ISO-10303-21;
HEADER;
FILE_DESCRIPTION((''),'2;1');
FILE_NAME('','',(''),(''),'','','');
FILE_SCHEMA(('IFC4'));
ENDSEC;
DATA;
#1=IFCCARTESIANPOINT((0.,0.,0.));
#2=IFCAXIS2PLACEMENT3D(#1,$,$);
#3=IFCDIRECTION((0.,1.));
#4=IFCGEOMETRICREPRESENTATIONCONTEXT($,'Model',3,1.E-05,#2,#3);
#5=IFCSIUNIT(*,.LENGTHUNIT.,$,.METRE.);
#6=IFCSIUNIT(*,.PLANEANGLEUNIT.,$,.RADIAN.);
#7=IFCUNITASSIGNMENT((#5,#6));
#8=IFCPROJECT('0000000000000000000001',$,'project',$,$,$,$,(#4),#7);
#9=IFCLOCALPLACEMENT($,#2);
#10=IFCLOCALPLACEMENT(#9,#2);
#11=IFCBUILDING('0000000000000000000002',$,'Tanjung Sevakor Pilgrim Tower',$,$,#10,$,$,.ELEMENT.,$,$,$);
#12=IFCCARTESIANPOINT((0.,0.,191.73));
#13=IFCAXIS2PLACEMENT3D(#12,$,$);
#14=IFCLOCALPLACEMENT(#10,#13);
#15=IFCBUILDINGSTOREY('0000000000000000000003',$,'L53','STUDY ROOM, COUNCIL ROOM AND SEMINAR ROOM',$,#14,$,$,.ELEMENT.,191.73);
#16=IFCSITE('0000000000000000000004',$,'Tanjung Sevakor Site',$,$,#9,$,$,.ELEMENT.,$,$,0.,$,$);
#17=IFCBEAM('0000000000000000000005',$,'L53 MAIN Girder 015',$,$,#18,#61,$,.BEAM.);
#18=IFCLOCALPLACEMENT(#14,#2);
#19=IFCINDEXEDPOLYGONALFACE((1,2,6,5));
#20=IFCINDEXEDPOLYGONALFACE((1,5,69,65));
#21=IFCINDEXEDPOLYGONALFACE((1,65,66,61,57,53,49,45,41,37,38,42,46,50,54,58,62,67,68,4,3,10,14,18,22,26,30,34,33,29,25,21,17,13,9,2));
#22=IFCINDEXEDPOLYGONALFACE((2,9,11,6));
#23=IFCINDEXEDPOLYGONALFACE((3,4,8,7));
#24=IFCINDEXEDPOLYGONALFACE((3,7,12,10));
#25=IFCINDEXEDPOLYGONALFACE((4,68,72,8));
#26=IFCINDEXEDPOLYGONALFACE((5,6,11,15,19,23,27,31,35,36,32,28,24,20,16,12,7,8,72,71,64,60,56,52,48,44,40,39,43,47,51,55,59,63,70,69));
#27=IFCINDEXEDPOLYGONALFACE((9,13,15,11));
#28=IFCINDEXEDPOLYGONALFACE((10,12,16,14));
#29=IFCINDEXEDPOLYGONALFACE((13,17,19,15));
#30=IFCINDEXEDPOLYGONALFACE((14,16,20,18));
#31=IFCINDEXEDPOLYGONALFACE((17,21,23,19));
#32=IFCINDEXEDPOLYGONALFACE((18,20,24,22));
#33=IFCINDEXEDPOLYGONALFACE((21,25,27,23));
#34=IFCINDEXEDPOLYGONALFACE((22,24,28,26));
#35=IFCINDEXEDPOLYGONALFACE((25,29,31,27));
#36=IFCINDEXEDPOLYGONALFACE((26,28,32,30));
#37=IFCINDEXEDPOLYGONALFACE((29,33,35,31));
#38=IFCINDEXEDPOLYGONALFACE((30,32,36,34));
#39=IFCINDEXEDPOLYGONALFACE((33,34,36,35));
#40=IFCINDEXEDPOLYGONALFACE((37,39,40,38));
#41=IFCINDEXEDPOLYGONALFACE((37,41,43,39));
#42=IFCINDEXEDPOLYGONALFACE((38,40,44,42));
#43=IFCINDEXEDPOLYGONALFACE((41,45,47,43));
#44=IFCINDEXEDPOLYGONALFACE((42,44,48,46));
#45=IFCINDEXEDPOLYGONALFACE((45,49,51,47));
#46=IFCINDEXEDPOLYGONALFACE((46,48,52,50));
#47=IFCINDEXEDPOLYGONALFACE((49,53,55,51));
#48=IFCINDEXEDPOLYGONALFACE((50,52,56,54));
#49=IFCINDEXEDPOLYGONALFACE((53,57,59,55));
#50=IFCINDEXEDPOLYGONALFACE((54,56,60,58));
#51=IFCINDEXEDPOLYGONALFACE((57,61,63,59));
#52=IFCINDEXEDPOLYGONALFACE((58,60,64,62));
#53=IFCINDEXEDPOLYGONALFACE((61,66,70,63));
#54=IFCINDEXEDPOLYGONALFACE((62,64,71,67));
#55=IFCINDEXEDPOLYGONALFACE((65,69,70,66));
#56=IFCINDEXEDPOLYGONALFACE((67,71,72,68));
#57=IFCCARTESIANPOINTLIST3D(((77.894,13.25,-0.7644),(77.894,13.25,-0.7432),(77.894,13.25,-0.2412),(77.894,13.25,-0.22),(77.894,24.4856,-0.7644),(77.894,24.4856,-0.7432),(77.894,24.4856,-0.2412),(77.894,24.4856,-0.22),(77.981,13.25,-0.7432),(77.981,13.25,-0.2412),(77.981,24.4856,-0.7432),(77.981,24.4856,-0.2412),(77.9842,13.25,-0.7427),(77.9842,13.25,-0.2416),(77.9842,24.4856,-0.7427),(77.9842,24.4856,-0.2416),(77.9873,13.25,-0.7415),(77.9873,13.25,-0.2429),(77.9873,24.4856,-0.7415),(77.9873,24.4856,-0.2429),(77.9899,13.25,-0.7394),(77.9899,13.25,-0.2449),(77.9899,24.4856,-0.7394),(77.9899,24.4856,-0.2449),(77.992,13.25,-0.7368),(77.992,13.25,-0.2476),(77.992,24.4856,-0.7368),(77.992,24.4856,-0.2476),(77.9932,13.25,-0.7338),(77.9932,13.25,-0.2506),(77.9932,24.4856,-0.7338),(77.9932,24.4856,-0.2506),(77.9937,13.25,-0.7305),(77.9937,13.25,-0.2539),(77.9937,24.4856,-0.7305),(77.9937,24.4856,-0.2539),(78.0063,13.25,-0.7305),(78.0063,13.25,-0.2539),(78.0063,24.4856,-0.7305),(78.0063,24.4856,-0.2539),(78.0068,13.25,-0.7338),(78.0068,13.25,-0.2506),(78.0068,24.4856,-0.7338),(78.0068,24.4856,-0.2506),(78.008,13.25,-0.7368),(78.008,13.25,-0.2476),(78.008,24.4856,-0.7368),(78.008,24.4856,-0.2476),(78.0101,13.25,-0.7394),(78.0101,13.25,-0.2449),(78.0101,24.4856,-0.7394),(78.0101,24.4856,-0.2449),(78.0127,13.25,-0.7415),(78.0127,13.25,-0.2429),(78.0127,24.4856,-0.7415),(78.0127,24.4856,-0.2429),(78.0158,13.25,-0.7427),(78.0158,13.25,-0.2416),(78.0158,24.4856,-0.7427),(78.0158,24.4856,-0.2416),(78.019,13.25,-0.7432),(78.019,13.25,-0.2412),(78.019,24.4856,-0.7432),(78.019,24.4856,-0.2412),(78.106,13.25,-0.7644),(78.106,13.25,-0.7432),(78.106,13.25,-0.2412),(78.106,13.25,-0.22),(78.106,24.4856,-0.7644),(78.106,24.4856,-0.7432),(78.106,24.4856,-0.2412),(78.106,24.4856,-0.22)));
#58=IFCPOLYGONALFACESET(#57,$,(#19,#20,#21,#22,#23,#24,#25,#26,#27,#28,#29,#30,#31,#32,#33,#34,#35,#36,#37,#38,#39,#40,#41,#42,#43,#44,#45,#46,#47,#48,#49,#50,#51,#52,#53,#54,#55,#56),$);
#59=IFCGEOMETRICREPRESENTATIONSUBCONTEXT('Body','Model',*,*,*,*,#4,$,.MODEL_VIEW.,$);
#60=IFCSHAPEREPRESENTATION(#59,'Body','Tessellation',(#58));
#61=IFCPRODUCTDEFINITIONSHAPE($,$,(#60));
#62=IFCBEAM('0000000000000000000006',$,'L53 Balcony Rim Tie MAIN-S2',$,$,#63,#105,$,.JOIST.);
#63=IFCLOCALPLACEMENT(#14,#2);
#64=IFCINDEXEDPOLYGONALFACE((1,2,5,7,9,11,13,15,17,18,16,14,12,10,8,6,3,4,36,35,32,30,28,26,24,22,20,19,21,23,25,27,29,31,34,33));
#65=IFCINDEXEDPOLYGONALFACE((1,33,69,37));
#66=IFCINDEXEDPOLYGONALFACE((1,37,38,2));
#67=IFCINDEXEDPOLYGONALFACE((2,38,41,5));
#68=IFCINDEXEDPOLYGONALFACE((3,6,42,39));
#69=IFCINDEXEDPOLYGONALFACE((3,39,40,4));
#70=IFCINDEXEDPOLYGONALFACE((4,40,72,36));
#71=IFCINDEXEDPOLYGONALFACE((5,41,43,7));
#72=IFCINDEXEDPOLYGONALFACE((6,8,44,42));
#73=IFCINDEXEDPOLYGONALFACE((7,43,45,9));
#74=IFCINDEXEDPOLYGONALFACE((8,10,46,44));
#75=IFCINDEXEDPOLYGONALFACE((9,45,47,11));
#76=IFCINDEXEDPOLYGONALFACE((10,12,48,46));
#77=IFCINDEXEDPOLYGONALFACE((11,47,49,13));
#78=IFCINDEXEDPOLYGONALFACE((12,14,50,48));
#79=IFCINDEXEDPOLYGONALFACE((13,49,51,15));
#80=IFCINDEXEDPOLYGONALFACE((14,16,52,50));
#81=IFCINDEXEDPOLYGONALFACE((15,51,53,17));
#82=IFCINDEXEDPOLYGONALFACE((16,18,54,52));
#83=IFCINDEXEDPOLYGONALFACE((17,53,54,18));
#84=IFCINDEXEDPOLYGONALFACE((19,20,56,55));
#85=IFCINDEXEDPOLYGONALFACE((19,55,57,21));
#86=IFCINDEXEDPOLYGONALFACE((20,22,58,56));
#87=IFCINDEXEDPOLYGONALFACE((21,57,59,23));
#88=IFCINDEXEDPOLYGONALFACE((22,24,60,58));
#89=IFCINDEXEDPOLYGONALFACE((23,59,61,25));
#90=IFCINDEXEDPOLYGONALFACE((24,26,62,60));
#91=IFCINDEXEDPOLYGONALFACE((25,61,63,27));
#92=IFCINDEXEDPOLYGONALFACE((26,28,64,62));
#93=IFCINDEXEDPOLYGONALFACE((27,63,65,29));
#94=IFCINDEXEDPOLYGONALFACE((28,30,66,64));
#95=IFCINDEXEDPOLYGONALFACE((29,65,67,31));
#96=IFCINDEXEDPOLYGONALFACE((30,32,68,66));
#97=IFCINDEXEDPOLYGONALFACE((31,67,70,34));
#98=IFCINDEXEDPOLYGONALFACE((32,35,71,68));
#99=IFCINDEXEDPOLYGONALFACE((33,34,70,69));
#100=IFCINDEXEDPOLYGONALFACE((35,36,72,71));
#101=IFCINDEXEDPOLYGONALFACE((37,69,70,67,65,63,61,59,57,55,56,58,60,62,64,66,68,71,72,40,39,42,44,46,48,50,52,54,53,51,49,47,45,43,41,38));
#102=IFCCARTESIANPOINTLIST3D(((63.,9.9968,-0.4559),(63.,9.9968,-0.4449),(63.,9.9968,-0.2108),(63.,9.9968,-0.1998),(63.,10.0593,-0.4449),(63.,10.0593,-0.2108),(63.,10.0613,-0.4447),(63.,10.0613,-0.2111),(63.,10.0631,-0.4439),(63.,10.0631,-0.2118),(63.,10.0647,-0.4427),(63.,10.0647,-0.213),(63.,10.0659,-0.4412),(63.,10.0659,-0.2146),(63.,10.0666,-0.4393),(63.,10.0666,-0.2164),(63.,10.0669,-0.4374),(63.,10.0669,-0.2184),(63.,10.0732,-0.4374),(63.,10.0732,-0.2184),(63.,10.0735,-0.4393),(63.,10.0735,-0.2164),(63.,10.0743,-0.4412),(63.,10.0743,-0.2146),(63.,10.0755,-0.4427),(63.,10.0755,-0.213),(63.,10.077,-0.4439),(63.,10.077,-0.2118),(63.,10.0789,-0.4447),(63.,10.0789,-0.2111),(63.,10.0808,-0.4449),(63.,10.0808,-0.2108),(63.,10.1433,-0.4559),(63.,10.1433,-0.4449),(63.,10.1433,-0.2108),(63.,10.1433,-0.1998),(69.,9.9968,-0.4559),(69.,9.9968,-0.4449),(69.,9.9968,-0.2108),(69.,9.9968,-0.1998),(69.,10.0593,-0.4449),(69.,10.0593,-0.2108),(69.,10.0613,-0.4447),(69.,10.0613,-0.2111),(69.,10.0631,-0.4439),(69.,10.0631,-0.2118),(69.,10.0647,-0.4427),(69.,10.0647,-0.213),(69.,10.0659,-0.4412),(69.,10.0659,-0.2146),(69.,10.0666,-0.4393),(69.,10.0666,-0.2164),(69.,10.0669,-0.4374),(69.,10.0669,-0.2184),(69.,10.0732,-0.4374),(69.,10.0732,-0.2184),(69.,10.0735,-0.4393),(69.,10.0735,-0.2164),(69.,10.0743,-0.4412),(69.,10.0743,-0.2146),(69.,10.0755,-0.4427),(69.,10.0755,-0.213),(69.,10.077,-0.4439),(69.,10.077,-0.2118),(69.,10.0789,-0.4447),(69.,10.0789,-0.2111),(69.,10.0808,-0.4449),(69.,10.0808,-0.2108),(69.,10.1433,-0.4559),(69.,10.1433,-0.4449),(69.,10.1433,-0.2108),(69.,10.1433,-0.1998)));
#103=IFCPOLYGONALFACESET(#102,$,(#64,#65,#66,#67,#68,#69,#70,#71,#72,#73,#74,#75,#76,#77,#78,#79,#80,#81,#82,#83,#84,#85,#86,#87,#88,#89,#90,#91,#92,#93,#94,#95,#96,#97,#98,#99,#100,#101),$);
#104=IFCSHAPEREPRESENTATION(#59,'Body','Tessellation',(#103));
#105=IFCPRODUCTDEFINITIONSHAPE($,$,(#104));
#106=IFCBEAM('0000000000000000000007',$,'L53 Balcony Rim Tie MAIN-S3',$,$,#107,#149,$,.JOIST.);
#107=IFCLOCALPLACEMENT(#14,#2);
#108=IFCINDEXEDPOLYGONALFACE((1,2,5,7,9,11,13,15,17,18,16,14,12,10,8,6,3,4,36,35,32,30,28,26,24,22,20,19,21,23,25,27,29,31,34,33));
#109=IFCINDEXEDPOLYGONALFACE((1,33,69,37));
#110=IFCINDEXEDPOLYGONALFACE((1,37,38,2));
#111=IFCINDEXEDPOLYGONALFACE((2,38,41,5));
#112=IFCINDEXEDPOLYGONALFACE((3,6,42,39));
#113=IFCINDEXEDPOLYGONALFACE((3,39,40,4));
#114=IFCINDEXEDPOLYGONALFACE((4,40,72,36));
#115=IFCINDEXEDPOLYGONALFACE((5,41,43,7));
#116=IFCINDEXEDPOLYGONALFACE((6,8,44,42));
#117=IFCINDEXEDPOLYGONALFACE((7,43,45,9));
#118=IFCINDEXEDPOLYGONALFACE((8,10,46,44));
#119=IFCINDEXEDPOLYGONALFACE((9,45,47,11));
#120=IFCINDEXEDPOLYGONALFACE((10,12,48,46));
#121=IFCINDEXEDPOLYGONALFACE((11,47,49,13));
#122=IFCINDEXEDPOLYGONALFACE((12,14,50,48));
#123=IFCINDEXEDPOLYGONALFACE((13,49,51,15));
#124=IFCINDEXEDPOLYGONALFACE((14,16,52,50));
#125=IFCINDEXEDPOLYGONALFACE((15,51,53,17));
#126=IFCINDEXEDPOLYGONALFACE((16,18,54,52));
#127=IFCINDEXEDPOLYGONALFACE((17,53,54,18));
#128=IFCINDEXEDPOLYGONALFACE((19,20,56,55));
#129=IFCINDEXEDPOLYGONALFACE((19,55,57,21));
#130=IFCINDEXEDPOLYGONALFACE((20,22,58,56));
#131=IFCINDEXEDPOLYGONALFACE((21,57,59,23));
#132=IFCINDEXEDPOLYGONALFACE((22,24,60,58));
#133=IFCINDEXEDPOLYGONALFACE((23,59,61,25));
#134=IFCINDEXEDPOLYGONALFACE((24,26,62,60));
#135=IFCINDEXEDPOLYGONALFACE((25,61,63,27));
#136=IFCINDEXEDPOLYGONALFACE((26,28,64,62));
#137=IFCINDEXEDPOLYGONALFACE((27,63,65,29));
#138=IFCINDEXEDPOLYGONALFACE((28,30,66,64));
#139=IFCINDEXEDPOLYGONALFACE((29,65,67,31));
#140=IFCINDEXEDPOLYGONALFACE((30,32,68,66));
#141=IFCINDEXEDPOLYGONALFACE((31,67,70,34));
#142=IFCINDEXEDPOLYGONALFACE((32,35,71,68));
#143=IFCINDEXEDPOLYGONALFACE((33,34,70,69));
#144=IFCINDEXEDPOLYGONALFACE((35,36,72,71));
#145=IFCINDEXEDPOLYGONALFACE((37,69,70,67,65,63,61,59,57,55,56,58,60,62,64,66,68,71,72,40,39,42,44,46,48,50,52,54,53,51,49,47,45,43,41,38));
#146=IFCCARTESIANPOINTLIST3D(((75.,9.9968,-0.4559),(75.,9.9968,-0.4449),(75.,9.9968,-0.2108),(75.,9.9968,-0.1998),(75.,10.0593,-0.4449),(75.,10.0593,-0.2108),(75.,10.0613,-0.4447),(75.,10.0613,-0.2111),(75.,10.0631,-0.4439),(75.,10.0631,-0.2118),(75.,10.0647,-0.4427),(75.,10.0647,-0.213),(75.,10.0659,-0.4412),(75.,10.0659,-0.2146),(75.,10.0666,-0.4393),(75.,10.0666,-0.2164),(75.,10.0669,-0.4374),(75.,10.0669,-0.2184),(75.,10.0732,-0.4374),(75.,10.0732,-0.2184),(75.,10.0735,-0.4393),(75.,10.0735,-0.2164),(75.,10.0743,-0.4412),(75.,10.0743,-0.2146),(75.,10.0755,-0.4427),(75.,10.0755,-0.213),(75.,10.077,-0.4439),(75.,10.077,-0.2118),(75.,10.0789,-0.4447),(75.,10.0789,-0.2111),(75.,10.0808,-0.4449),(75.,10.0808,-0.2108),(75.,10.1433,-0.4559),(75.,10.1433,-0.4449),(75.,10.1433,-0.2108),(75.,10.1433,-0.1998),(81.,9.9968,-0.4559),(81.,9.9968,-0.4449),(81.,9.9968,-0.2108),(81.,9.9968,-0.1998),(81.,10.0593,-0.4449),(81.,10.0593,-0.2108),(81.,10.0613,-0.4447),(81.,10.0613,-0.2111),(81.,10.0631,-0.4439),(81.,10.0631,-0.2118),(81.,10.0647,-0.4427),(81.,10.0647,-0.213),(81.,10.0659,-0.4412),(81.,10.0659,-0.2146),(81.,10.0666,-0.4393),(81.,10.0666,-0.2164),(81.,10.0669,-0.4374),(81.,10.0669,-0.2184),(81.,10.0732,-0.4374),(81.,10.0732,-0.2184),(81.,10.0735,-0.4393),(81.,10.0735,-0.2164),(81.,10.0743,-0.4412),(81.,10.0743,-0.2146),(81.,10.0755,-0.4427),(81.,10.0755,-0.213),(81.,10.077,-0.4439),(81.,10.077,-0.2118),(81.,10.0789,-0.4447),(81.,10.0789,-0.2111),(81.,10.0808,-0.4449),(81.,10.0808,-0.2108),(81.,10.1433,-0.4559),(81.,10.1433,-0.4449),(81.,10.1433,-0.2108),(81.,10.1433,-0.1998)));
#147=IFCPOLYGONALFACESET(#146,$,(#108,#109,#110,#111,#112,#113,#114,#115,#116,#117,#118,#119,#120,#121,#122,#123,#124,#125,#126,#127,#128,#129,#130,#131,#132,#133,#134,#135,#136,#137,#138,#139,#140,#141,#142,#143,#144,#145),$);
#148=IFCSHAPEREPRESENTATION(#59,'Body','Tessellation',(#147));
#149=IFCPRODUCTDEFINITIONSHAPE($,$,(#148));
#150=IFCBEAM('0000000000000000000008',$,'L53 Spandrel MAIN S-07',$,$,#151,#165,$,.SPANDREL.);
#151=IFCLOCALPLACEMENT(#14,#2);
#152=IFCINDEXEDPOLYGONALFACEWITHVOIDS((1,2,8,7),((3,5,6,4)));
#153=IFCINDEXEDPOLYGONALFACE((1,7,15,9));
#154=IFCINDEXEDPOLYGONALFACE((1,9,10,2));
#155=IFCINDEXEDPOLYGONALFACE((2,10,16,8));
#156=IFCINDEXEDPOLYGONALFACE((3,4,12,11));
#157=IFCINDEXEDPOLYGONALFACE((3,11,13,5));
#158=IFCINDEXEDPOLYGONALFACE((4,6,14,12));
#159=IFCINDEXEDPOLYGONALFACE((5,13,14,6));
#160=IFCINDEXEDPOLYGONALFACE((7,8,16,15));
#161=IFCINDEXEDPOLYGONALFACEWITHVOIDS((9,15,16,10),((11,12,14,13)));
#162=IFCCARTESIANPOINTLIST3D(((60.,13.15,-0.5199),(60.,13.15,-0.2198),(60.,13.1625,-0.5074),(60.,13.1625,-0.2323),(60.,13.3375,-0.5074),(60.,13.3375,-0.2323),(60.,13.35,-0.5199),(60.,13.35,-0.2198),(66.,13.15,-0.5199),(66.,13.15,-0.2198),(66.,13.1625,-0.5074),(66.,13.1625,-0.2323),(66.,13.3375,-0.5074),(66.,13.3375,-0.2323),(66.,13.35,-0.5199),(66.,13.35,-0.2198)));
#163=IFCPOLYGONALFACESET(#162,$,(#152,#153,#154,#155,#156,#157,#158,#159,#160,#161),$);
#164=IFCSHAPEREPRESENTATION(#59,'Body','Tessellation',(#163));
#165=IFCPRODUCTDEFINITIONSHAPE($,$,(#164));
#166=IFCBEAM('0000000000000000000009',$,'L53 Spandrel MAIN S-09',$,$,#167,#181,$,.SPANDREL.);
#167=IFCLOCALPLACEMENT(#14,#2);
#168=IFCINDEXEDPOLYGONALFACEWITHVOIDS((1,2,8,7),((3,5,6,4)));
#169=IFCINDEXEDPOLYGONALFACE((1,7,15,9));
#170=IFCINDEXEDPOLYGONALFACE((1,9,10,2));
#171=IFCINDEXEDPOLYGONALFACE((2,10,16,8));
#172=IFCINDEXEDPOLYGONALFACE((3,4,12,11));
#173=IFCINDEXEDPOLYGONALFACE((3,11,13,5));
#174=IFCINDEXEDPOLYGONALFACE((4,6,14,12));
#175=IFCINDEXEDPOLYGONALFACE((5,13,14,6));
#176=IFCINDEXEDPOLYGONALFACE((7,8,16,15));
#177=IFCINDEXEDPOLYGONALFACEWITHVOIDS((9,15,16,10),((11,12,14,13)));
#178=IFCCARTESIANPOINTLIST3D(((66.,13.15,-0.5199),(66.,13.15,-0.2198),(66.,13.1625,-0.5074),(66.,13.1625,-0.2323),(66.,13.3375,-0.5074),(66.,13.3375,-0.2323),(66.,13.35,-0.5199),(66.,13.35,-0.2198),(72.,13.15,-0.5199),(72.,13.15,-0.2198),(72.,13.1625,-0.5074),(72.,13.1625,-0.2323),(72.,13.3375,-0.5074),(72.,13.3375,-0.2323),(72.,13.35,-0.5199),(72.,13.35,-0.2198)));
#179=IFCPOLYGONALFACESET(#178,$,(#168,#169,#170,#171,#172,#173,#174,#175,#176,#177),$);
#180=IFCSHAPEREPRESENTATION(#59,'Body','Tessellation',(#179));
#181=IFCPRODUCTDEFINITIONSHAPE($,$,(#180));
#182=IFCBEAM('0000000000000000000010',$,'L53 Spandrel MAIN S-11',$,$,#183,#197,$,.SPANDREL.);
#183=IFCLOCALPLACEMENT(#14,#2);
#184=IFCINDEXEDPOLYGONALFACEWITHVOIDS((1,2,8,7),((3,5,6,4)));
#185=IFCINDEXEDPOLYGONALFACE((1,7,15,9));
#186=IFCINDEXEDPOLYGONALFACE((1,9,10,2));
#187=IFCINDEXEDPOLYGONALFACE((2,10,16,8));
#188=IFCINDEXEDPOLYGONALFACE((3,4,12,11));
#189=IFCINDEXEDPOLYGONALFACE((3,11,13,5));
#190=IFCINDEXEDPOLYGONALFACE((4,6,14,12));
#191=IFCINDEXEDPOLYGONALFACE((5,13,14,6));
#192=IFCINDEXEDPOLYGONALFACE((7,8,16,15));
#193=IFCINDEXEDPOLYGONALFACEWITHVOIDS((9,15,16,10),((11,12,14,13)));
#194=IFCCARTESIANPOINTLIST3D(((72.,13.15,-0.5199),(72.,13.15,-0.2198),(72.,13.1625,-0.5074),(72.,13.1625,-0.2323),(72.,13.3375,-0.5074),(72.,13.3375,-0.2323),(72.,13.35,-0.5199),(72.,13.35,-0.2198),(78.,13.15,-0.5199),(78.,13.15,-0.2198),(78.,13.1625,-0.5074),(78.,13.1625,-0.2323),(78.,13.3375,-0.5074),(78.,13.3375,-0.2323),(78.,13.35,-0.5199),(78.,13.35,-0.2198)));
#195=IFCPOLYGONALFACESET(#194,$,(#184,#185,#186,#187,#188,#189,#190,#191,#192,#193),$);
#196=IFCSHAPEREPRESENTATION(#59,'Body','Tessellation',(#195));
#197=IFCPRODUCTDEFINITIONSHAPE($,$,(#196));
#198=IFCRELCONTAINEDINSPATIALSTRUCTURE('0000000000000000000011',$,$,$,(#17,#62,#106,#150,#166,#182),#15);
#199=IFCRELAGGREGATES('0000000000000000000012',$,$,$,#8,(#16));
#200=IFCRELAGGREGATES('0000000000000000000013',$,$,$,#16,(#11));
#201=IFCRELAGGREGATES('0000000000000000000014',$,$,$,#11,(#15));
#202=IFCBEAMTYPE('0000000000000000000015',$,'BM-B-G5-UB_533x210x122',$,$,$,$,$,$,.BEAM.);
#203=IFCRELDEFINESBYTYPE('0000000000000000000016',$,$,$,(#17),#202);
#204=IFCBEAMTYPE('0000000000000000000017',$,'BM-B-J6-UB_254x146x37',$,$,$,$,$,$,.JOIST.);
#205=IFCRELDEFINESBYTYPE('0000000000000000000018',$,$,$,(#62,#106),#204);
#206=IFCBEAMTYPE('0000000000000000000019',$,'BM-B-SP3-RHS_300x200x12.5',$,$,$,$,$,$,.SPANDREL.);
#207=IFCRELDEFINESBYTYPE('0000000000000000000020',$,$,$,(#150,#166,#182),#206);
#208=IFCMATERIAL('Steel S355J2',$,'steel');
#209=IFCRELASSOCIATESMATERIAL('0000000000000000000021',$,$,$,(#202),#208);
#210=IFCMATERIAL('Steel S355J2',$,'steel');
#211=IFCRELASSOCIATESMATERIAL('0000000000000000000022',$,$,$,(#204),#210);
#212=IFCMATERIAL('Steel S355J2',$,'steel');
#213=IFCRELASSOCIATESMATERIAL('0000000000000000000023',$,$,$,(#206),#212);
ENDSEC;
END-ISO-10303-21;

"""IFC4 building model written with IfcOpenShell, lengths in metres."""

from ifc_helpers import new_model, si_unit, direction, frame, origin, origin_2d, place, context, subcontext, project, spatial, hollow_rectangle, i_section, extrude, material, material_profile, profile_set, type_object, element, save


model = new_model("IFC4")

# Units and contexts
model_context = context("Model", 3, precision=1e-05, world=origin(), true_north=direction((0.0, 1.0)))
body_context = subcontext(model_context, "Body", "Model", "MODEL_VIEW")
ifc_project = project(units=[si_unit("LENGTHUNIT", "METRE"), si_unit("PLANEANGLEUNIT", "RADIAN")], contexts=[model_context])

# Site, building, storey
site_placement = place(None, origin())
site = spatial("IfcSite", under=ifc_project, at=site_placement, Name="Tanjung Sevakor Site", CompositionType="ELEMENT", RefElevation=0.0)
building_placement = place(site_placement, origin())
building = spatial("IfcBuilding", under=site, at=building_placement, Name="Tanjung Sevakor Pilgrim Tower", CompositionType="ELEMENT")
storey_placement = place(building_placement, frame((0.0, 0.0, 191.73)))
storey = spatial("IfcBuildingStorey", under=building, at=storey_placement, Name="L53", Description="STUDY ROOM, COUNCIL ROOM AND SEMINAR ROOM", CompositionType="ELEMENT", Elevation=191.73)

# Beams
ifc_material_1 = material(Name="Steel S355J2", Category="steel")
ifc_material_profile_1 = material_profile(ifc_material_1, i_section(OverallWidth=0.2119, OverallDepth=0.5444, WebThickness=0.0127, FlangeThickness=0.0212, FilletRadius=0.0127, at=origin_2d()))
ifc_profile_set_1 = profile_set([ifc_material_profile_1], Name="Steel S355J2")
beam_type_1 = type_object("IfcBeamType", Name="BM-B-G5-UB_533x210x122", PredefinedType="BEAM", material=ifc_profile_set_1)
beam_placement = place(storey_placement, frame((78.0, 13.25, -0.4922), z_axis=(0.0, 1.0, 0.0), x_axis=(-1.0, 0.0, 0.0)))
element("IfcBeam", 1, at=beam_placement, inside=storey, type_object=beam_type_1, Name="L53 MAIN Girder 015", PredefinedType="BEAM", context=body_context, shape_type="SweptSolid", body=[
    extrude(i_section(OverallWidth=0.2119, OverallDepth=0.5444, WebThickness=0.0127, FlangeThickness=0.0212, FilletRadius=0.0127, at=origin_2d()), origin(), (0.0, 0.0, 1.0), 11.2356),
])
ifc_material_2 = material(Name="Steel S355J2", Category="steel")
ifc_material_profile_2 = material_profile(ifc_material_2, i_section(OverallWidth=0.1465, OverallDepth=0.2561, WebThickness=0.0063, FlangeThickness=0.011, FilletRadius=0.0076, at=origin_2d()))
ifc_profile_set_2 = profile_set([ifc_material_profile_2], Name="Steel S355J2")
beam_type_2 = type_object("IfcBeamType", Name="BM-B-J6-UB_254x146x37", PredefinedType="JOIST", material=ifc_profile_set_2)
for number, where, z_axis, x_axis, name in (
    (2, (63.0, 10.0701, -0.3279), (1.0, 0.0, 0.0), (0.0, 1.0, 0.0), "L53 Balcony Rim Tie MAIN-S2"),
    (3, (75.0, 10.0701, -0.3279), (1.0, 0.0, 0.0), (0.0, 1.0, 0.0), "L53 Balcony Rim Tie MAIN-S3"),
):
    element("IfcBeam", number, at=place(storey_placement, frame(where, z_axis=z_axis, x_axis=x_axis)), inside=storey, type_object=beam_type_2, Name=name, PredefinedType="JOIST", context=body_context, shape_type="SweptSolid", body=[
        extrude(i_section(OverallWidth=0.1465, OverallDepth=0.2561, WebThickness=0.0063, FlangeThickness=0.011, FilletRadius=0.0076, at=origin_2d()), origin(), (0.0, 0.0, 1.0), 6.0),
    ])
ifc_material_3 = material(Name="Steel S355J2", Category="steel")
ifc_material_profile_3 = material_profile(ifc_material_3, hollow_rectangle(XDim=0.2, YDim=0.3, WallThickness=0.0125, at=origin_2d()))
ifc_profile_set_3 = profile_set([ifc_material_profile_3], Name="Steel S355J2")
beam_type_3 = type_object("IfcBeamType", Name="BM-B-SP3-RHS_300x200x12.5", PredefinedType="SPANDREL", material=ifc_profile_set_3)
for number, where, z_axis, x_axis, name in (
    (4, (60.0, 13.25, -0.3699), (1.0, 0.0, 0.0), (0.0, 1.0, 0.0), "L53 Spandrel MAIN S-07"),
    (5, (66.0, 13.25, -0.3699), (1.0, 0.0, 0.0), (0.0, 1.0, 0.0), "L53 Spandrel MAIN S-09"),
    (6, (72.0, 13.25, -0.3699), (1.0, 0.0, 0.0), (0.0, 1.0, 0.0), "L53 Spandrel MAIN S-11"),
):
    element("IfcBeam", number, at=place(storey_placement, frame(where, z_axis=z_axis, x_axis=x_axis)), inside=storey, type_object=beam_type_3, Name=name, PredefinedType="SPANDREL", context=body_context, shape_type="SweptSolid", body=[
        extrude(hollow_rectangle(XDim=0.2, YDim=0.3, WallThickness=0.0125, at=origin_2d()), origin(), (0.0, 0.0, 1.0), 6.0),
    ])

save(model, "model.ifc")
